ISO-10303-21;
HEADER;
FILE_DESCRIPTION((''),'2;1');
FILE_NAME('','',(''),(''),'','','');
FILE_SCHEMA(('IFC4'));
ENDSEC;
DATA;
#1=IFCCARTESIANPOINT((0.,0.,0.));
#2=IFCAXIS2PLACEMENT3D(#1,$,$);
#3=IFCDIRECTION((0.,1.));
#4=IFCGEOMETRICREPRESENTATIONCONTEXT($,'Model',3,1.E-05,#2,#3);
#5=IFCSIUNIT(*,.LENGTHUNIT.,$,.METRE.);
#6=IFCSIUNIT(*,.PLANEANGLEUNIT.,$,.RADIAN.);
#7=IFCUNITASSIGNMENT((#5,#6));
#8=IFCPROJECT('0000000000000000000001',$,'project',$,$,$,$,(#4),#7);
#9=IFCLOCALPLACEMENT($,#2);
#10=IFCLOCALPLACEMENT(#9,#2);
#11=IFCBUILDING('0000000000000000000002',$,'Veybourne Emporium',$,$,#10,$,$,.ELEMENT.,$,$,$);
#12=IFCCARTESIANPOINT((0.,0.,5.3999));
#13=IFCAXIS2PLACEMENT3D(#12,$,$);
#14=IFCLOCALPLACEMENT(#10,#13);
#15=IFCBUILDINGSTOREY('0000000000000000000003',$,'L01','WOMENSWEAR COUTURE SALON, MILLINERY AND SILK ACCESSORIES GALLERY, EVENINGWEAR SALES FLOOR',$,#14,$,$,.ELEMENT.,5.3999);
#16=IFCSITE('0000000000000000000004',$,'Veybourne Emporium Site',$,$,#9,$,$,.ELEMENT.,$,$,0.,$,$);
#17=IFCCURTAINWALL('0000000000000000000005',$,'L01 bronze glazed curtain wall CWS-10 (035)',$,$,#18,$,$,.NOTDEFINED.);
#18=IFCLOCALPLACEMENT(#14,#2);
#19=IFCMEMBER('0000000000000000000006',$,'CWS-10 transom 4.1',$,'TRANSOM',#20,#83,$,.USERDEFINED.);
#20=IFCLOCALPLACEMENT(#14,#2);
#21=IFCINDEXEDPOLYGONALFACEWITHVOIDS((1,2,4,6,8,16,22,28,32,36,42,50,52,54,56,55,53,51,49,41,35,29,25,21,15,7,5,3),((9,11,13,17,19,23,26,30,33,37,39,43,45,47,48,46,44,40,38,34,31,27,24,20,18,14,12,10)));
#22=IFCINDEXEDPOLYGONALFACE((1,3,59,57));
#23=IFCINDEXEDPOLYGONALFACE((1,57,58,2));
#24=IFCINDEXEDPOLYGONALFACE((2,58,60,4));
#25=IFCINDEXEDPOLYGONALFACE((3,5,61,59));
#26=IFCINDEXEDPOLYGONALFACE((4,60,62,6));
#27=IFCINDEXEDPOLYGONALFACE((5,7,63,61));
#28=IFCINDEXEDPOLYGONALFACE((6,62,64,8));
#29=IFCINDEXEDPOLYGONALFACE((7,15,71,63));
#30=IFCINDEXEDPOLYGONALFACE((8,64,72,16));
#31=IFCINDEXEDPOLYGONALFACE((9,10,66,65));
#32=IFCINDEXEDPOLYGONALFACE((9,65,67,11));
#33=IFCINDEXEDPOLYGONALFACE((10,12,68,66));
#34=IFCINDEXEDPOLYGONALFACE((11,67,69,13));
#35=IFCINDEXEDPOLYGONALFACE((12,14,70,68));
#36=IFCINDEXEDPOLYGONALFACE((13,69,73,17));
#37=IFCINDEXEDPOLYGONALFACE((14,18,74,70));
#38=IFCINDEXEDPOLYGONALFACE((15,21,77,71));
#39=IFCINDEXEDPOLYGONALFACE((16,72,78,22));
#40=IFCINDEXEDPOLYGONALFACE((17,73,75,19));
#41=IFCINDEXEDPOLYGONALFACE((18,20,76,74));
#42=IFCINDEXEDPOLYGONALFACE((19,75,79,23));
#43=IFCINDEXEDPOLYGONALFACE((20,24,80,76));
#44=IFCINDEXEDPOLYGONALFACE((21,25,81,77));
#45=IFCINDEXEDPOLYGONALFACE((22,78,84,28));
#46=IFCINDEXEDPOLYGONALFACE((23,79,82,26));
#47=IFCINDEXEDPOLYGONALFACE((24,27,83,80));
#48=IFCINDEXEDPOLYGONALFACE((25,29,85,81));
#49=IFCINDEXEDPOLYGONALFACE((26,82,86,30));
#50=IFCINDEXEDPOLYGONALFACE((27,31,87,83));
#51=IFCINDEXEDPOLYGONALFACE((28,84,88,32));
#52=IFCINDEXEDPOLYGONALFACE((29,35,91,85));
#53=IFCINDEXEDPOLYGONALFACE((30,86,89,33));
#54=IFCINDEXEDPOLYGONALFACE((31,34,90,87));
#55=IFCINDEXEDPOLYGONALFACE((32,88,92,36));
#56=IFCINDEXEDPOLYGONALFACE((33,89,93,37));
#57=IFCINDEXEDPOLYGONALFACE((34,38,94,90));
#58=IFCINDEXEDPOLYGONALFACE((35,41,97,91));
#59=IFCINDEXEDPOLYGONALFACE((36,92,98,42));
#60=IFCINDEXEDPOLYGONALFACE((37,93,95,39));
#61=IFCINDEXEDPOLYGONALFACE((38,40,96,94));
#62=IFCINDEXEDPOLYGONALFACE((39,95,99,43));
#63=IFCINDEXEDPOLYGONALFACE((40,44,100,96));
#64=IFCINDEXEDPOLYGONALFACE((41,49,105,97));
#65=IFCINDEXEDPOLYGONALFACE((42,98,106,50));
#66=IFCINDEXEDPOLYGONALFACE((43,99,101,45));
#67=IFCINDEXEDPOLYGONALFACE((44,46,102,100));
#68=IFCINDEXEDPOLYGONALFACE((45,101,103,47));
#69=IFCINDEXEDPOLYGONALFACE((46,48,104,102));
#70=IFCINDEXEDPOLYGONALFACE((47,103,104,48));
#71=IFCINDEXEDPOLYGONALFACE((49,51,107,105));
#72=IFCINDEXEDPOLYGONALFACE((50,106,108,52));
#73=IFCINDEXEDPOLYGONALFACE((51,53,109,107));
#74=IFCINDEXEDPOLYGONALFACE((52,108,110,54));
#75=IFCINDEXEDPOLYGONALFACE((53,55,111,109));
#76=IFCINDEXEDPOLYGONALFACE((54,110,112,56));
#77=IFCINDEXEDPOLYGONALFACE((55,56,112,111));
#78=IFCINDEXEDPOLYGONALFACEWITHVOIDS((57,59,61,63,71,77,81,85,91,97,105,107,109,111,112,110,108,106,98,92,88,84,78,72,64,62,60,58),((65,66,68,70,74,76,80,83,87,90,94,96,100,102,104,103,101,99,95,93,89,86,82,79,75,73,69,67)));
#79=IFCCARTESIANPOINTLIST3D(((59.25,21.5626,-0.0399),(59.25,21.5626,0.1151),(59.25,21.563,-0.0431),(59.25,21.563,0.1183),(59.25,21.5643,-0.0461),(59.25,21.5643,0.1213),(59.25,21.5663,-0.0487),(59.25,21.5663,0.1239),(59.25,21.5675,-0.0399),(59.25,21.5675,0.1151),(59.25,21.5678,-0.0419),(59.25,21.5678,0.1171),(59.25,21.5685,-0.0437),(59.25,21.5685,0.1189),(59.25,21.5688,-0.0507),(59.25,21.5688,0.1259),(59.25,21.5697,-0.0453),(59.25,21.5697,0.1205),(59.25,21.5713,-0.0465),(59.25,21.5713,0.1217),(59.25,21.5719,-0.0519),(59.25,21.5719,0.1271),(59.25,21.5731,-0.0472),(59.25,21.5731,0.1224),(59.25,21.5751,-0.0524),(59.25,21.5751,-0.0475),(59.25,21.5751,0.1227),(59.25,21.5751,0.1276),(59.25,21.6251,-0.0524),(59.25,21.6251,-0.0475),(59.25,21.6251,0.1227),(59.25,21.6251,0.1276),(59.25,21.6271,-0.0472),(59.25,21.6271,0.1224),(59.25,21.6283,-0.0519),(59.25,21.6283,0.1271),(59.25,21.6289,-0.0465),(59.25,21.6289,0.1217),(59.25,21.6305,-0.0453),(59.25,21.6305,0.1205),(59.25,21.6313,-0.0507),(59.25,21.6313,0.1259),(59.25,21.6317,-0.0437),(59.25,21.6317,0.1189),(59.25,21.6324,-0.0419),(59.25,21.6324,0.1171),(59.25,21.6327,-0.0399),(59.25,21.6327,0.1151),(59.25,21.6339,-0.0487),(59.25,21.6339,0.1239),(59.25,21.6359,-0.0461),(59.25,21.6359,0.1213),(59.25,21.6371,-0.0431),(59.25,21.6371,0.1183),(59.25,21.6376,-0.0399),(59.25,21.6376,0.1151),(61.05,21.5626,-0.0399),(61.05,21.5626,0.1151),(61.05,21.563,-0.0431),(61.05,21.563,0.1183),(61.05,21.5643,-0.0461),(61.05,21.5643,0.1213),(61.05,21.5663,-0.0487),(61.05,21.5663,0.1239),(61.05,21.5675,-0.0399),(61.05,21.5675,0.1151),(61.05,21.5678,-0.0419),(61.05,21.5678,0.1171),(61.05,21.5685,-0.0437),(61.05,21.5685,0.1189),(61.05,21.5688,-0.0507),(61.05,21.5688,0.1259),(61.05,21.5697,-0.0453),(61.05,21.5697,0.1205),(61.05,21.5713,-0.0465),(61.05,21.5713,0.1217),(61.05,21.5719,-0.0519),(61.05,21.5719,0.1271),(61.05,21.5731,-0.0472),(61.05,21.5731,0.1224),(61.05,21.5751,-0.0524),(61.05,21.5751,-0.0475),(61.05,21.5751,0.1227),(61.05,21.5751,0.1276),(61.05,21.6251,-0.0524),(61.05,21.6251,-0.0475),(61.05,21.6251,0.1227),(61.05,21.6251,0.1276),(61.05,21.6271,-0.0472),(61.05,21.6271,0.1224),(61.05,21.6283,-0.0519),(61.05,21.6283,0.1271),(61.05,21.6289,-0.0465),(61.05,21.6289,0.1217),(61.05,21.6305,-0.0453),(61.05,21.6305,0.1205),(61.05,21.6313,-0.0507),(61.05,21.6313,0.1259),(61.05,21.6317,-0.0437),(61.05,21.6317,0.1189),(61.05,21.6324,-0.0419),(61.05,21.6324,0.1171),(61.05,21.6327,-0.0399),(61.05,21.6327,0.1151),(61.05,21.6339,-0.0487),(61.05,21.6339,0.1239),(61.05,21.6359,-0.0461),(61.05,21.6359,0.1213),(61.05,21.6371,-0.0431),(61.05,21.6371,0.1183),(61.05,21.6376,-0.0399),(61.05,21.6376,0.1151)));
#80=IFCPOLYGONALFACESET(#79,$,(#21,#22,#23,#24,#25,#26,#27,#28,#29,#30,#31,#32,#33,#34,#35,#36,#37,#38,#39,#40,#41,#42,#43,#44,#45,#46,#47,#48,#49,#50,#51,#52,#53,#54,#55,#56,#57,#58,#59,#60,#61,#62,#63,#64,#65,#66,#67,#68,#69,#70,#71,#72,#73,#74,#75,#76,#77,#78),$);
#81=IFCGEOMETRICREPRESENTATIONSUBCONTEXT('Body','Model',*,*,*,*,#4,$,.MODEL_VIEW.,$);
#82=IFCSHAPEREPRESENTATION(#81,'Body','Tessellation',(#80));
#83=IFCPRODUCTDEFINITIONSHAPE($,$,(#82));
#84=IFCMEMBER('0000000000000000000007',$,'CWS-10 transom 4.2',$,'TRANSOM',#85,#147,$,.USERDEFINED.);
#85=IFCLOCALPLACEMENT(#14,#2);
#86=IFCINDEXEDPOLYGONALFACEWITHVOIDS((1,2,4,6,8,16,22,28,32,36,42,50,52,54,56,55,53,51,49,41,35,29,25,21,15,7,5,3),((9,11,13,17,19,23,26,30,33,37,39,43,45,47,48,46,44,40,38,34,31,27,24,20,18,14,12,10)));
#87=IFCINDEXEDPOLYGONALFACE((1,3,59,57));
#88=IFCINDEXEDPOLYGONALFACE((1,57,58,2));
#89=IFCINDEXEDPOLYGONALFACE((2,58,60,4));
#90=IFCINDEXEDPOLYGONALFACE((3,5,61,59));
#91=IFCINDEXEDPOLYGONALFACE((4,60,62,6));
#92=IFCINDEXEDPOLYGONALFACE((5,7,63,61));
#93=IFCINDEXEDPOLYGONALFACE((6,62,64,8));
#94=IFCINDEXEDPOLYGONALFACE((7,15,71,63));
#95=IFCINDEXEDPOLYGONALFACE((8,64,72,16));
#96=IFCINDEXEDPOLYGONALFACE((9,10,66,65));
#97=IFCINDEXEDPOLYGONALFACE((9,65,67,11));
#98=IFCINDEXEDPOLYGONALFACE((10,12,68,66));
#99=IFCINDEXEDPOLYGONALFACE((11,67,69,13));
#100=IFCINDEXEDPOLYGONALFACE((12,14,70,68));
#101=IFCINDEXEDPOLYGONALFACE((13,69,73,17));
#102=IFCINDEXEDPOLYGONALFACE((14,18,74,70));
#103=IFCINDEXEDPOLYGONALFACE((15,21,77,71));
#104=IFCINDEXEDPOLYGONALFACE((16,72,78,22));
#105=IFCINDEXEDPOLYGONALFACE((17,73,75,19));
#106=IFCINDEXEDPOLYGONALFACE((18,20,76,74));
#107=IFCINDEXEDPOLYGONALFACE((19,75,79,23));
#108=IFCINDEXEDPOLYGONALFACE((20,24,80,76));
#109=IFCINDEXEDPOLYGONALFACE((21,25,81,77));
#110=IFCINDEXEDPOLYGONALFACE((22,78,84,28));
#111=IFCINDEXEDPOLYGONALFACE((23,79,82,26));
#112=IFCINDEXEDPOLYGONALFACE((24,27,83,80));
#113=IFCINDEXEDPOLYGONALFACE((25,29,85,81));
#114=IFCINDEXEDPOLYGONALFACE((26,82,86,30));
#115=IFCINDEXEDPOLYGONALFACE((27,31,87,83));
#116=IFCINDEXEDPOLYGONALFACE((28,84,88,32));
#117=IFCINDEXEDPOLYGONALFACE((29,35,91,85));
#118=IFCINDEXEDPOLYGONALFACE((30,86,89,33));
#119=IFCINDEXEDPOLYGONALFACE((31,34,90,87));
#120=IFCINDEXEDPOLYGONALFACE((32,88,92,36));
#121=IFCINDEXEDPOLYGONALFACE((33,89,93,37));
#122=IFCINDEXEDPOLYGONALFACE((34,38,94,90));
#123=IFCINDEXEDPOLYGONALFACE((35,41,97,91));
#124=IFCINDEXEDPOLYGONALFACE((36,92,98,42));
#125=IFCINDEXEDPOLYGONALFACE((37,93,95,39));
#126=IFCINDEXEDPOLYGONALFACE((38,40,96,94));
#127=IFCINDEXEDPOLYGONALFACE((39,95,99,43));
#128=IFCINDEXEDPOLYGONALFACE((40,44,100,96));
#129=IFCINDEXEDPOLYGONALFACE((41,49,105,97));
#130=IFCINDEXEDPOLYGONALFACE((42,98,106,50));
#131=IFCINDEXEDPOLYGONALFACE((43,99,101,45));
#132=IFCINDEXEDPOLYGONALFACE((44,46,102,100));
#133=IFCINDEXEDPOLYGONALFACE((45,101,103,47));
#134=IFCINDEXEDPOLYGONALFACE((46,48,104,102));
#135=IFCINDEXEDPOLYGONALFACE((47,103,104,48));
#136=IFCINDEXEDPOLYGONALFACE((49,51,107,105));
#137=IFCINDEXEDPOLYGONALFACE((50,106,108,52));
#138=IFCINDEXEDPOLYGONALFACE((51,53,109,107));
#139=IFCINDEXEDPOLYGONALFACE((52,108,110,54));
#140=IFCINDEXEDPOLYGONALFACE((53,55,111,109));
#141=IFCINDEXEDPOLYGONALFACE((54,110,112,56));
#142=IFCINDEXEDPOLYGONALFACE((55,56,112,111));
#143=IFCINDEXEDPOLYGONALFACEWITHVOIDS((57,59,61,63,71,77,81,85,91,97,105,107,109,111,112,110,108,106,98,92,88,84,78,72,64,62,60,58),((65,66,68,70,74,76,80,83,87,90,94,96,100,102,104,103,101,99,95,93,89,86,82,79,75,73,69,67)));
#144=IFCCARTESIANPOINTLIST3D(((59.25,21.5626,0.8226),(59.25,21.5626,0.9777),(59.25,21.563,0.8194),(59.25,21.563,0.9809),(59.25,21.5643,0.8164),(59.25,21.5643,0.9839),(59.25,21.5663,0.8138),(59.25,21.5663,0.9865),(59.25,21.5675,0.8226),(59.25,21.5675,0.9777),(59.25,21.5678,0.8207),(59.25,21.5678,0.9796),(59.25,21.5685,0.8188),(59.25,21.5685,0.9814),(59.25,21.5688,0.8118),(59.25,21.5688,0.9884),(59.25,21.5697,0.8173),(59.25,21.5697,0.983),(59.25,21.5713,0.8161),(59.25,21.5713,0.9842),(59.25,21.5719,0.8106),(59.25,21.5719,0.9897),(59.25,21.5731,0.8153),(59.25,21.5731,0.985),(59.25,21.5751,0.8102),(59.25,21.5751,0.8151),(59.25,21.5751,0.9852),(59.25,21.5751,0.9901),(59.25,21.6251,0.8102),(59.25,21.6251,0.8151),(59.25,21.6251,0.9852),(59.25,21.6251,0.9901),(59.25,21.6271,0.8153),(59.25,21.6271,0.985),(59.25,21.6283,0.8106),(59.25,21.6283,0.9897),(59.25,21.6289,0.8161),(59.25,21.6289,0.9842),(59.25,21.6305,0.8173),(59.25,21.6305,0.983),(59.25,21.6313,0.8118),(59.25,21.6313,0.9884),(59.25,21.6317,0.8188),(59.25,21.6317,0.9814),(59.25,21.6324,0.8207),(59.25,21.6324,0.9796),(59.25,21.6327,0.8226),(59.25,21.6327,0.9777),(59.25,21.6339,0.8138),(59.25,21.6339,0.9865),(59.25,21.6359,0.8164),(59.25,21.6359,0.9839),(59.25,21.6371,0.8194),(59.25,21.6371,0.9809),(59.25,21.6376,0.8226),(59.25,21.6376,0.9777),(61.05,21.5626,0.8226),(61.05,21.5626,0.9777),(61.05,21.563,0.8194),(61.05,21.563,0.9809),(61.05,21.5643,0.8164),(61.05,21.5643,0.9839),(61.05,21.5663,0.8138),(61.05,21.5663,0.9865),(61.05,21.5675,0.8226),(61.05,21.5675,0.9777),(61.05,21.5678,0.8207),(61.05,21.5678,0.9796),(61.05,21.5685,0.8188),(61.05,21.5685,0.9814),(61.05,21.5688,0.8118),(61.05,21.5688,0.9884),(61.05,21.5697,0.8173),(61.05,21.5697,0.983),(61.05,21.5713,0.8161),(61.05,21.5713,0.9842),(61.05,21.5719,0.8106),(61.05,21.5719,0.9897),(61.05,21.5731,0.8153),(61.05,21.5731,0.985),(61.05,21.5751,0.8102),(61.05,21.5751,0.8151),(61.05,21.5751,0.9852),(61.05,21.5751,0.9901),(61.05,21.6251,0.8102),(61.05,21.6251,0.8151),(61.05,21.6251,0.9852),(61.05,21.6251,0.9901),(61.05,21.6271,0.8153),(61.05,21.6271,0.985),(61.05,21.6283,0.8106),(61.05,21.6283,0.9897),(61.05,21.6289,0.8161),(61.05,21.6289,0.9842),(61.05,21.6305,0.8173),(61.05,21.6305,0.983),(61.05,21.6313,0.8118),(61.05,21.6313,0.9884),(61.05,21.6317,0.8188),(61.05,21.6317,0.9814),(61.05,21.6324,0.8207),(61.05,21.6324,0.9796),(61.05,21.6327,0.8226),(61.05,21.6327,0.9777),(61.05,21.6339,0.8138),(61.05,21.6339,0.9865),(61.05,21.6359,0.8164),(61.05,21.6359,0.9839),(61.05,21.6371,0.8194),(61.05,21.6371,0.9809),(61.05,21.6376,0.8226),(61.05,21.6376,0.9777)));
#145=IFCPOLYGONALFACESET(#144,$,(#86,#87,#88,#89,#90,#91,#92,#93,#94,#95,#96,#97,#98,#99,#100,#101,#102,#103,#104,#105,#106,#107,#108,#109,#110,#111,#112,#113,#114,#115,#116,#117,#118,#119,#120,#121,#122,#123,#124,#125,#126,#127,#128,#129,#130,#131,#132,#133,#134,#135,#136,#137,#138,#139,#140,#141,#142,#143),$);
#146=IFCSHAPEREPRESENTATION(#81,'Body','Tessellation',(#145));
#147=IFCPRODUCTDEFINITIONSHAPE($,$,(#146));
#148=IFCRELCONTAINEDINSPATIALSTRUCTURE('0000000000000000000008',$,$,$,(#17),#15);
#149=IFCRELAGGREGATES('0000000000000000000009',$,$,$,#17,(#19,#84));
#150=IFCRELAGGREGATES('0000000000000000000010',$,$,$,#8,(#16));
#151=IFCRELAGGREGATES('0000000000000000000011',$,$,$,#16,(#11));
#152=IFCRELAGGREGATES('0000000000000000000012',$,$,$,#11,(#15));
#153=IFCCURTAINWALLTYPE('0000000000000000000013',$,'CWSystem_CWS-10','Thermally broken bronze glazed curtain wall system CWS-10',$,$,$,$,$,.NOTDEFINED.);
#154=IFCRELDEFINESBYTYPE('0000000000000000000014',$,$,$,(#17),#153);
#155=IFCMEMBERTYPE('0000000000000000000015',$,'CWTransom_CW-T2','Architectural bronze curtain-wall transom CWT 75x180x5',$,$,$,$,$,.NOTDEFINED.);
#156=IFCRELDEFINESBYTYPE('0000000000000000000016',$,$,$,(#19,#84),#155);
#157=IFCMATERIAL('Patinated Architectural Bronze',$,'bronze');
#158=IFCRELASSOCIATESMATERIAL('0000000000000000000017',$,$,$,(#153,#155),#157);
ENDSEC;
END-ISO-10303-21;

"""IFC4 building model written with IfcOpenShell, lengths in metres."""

from ifc_helpers import new_model, si_unit, direction, frame, origin, origin_2d, place, context, subcontext, project, spatial, hollow_rectangle, extrude, material, material_profile, profile_set, type_object, element, aggregate, save


model = new_model("IFC4")

# Units and contexts
model_context = context("Model", 3, precision=1e-05, world=origin(), true_north=direction((0.0, 1.0)))
body_context = subcontext(model_context, "Body", "Model", "MODEL_VIEW")
ifc_project = project(units=[si_unit("LENGTHUNIT", "METRE"), si_unit("PLANEANGLEUNIT", "RADIAN")], contexts=[model_context])

# Site, building, storey
site_placement = place(None, origin())
site = spatial("IfcSite", under=ifc_project, at=site_placement, Name="Veybourne Emporium Site", CompositionType="ELEMENT", RefElevation=0.0)
building_placement = place(site_placement, origin())
building = spatial("IfcBuilding", under=site, at=building_placement, Name="Veybourne Emporium", CompositionType="ELEMENT")
storey_placement = place(building_placement, frame((0.0, 0.0, 5.3999)))
storey = spatial("IfcBuildingStorey", under=building, at=storey_placement, Name="L01", Description="WOMENSWEAR COUTURE SALON, MILLINERY AND SILK ACCESSORIES GALLERY, EVENINGWEAR SALES FLOOR", CompositionType="ELEMENT", Elevation=5.3999)

# Curtain wall, members
ifc_material_1 = material(Name="Patinated Architectural Bronze", Category="bronze")
curtain_wall_type = type_object("IfcCurtainWallType", Name="CWSystem_CWS-10", Description="Thermally broken bronze glazed curtain wall system CWS-10", PredefinedType="NOTDEFINED", material=ifc_material_1)
curtain_wall_placement = place(storey_placement, origin())
curtain_wall = element("IfcCurtainWall", 1, at=curtain_wall_placement, inside=storey, type_object=curtain_wall_type, Name="L01 bronze glazed curtain wall CWS-10 (035)", PredefinedType="NOTDEFINED")
ifc_material_profile_1 = material_profile(ifc_material_1, hollow_rectangle(XDim=0.075, YDim=0.1799, WallThickness=0.0049, InnerFilletRadius=0.0076, OuterFilletRadius=0.0125, at=origin_2d()), Name="CWT 75x180x5")
ifc_profile_set_1 = profile_set([ifc_material_profile_1], Name="Patinated Architectural Bronze")
member_type_1 = type_object("IfcMemberType", Name="CWTransom_CW-T2", Description="Architectural bronze curtain-wall transom CWT 75x180x5", PredefinedType="NOTDEFINED", material=ifc_profile_set_1)
member_1_placement = place(storey_placement, frame((61.05, 21.6001, 0.0376), z_axis=(-1.0, 0.0, 0.0), x_axis=(0.0, -1.0, 0.0)))
member_1 = element("IfcMember", 2, at=member_1_placement, type_object=member_type_1, Name="CWS-10 transom 4.1", ObjectType="TRANSOM", PredefinedType="USERDEFINED", context=body_context, shape_type="SweptSolid", body=[
    extrude(hollow_rectangle(XDim=0.075, YDim=0.1799, WallThickness=0.0049, InnerFilletRadius=0.0076, OuterFilletRadius=0.0125, at=origin_2d()), origin(), (0.0, 0.0, 1.0), 1.8),
])
member_2_placement = place(storey_placement, frame((61.05, 21.6001, 0.9001), z_axis=(-1.0, 0.0, 0.0), x_axis=(0.0, -1.0, 0.0)))
member_2 = element("IfcMember", 3, at=member_2_placement, type_object=member_type_1, Name="CWS-10 transom 4.2", ObjectType="TRANSOM", PredefinedType="USERDEFINED", context=body_context, shape_type="SweptSolid", body=[
    extrude(hollow_rectangle(XDim=0.075, YDim=0.1799, WallThickness=0.0049, InnerFilletRadius=0.0076, OuterFilletRadius=0.0125, at=origin_2d()), origin(), (0.0, 0.0, 1.0), 1.8),
])

aggregate(curtain_wall, [member_1, member_2])

save(model, "model.ifc")
